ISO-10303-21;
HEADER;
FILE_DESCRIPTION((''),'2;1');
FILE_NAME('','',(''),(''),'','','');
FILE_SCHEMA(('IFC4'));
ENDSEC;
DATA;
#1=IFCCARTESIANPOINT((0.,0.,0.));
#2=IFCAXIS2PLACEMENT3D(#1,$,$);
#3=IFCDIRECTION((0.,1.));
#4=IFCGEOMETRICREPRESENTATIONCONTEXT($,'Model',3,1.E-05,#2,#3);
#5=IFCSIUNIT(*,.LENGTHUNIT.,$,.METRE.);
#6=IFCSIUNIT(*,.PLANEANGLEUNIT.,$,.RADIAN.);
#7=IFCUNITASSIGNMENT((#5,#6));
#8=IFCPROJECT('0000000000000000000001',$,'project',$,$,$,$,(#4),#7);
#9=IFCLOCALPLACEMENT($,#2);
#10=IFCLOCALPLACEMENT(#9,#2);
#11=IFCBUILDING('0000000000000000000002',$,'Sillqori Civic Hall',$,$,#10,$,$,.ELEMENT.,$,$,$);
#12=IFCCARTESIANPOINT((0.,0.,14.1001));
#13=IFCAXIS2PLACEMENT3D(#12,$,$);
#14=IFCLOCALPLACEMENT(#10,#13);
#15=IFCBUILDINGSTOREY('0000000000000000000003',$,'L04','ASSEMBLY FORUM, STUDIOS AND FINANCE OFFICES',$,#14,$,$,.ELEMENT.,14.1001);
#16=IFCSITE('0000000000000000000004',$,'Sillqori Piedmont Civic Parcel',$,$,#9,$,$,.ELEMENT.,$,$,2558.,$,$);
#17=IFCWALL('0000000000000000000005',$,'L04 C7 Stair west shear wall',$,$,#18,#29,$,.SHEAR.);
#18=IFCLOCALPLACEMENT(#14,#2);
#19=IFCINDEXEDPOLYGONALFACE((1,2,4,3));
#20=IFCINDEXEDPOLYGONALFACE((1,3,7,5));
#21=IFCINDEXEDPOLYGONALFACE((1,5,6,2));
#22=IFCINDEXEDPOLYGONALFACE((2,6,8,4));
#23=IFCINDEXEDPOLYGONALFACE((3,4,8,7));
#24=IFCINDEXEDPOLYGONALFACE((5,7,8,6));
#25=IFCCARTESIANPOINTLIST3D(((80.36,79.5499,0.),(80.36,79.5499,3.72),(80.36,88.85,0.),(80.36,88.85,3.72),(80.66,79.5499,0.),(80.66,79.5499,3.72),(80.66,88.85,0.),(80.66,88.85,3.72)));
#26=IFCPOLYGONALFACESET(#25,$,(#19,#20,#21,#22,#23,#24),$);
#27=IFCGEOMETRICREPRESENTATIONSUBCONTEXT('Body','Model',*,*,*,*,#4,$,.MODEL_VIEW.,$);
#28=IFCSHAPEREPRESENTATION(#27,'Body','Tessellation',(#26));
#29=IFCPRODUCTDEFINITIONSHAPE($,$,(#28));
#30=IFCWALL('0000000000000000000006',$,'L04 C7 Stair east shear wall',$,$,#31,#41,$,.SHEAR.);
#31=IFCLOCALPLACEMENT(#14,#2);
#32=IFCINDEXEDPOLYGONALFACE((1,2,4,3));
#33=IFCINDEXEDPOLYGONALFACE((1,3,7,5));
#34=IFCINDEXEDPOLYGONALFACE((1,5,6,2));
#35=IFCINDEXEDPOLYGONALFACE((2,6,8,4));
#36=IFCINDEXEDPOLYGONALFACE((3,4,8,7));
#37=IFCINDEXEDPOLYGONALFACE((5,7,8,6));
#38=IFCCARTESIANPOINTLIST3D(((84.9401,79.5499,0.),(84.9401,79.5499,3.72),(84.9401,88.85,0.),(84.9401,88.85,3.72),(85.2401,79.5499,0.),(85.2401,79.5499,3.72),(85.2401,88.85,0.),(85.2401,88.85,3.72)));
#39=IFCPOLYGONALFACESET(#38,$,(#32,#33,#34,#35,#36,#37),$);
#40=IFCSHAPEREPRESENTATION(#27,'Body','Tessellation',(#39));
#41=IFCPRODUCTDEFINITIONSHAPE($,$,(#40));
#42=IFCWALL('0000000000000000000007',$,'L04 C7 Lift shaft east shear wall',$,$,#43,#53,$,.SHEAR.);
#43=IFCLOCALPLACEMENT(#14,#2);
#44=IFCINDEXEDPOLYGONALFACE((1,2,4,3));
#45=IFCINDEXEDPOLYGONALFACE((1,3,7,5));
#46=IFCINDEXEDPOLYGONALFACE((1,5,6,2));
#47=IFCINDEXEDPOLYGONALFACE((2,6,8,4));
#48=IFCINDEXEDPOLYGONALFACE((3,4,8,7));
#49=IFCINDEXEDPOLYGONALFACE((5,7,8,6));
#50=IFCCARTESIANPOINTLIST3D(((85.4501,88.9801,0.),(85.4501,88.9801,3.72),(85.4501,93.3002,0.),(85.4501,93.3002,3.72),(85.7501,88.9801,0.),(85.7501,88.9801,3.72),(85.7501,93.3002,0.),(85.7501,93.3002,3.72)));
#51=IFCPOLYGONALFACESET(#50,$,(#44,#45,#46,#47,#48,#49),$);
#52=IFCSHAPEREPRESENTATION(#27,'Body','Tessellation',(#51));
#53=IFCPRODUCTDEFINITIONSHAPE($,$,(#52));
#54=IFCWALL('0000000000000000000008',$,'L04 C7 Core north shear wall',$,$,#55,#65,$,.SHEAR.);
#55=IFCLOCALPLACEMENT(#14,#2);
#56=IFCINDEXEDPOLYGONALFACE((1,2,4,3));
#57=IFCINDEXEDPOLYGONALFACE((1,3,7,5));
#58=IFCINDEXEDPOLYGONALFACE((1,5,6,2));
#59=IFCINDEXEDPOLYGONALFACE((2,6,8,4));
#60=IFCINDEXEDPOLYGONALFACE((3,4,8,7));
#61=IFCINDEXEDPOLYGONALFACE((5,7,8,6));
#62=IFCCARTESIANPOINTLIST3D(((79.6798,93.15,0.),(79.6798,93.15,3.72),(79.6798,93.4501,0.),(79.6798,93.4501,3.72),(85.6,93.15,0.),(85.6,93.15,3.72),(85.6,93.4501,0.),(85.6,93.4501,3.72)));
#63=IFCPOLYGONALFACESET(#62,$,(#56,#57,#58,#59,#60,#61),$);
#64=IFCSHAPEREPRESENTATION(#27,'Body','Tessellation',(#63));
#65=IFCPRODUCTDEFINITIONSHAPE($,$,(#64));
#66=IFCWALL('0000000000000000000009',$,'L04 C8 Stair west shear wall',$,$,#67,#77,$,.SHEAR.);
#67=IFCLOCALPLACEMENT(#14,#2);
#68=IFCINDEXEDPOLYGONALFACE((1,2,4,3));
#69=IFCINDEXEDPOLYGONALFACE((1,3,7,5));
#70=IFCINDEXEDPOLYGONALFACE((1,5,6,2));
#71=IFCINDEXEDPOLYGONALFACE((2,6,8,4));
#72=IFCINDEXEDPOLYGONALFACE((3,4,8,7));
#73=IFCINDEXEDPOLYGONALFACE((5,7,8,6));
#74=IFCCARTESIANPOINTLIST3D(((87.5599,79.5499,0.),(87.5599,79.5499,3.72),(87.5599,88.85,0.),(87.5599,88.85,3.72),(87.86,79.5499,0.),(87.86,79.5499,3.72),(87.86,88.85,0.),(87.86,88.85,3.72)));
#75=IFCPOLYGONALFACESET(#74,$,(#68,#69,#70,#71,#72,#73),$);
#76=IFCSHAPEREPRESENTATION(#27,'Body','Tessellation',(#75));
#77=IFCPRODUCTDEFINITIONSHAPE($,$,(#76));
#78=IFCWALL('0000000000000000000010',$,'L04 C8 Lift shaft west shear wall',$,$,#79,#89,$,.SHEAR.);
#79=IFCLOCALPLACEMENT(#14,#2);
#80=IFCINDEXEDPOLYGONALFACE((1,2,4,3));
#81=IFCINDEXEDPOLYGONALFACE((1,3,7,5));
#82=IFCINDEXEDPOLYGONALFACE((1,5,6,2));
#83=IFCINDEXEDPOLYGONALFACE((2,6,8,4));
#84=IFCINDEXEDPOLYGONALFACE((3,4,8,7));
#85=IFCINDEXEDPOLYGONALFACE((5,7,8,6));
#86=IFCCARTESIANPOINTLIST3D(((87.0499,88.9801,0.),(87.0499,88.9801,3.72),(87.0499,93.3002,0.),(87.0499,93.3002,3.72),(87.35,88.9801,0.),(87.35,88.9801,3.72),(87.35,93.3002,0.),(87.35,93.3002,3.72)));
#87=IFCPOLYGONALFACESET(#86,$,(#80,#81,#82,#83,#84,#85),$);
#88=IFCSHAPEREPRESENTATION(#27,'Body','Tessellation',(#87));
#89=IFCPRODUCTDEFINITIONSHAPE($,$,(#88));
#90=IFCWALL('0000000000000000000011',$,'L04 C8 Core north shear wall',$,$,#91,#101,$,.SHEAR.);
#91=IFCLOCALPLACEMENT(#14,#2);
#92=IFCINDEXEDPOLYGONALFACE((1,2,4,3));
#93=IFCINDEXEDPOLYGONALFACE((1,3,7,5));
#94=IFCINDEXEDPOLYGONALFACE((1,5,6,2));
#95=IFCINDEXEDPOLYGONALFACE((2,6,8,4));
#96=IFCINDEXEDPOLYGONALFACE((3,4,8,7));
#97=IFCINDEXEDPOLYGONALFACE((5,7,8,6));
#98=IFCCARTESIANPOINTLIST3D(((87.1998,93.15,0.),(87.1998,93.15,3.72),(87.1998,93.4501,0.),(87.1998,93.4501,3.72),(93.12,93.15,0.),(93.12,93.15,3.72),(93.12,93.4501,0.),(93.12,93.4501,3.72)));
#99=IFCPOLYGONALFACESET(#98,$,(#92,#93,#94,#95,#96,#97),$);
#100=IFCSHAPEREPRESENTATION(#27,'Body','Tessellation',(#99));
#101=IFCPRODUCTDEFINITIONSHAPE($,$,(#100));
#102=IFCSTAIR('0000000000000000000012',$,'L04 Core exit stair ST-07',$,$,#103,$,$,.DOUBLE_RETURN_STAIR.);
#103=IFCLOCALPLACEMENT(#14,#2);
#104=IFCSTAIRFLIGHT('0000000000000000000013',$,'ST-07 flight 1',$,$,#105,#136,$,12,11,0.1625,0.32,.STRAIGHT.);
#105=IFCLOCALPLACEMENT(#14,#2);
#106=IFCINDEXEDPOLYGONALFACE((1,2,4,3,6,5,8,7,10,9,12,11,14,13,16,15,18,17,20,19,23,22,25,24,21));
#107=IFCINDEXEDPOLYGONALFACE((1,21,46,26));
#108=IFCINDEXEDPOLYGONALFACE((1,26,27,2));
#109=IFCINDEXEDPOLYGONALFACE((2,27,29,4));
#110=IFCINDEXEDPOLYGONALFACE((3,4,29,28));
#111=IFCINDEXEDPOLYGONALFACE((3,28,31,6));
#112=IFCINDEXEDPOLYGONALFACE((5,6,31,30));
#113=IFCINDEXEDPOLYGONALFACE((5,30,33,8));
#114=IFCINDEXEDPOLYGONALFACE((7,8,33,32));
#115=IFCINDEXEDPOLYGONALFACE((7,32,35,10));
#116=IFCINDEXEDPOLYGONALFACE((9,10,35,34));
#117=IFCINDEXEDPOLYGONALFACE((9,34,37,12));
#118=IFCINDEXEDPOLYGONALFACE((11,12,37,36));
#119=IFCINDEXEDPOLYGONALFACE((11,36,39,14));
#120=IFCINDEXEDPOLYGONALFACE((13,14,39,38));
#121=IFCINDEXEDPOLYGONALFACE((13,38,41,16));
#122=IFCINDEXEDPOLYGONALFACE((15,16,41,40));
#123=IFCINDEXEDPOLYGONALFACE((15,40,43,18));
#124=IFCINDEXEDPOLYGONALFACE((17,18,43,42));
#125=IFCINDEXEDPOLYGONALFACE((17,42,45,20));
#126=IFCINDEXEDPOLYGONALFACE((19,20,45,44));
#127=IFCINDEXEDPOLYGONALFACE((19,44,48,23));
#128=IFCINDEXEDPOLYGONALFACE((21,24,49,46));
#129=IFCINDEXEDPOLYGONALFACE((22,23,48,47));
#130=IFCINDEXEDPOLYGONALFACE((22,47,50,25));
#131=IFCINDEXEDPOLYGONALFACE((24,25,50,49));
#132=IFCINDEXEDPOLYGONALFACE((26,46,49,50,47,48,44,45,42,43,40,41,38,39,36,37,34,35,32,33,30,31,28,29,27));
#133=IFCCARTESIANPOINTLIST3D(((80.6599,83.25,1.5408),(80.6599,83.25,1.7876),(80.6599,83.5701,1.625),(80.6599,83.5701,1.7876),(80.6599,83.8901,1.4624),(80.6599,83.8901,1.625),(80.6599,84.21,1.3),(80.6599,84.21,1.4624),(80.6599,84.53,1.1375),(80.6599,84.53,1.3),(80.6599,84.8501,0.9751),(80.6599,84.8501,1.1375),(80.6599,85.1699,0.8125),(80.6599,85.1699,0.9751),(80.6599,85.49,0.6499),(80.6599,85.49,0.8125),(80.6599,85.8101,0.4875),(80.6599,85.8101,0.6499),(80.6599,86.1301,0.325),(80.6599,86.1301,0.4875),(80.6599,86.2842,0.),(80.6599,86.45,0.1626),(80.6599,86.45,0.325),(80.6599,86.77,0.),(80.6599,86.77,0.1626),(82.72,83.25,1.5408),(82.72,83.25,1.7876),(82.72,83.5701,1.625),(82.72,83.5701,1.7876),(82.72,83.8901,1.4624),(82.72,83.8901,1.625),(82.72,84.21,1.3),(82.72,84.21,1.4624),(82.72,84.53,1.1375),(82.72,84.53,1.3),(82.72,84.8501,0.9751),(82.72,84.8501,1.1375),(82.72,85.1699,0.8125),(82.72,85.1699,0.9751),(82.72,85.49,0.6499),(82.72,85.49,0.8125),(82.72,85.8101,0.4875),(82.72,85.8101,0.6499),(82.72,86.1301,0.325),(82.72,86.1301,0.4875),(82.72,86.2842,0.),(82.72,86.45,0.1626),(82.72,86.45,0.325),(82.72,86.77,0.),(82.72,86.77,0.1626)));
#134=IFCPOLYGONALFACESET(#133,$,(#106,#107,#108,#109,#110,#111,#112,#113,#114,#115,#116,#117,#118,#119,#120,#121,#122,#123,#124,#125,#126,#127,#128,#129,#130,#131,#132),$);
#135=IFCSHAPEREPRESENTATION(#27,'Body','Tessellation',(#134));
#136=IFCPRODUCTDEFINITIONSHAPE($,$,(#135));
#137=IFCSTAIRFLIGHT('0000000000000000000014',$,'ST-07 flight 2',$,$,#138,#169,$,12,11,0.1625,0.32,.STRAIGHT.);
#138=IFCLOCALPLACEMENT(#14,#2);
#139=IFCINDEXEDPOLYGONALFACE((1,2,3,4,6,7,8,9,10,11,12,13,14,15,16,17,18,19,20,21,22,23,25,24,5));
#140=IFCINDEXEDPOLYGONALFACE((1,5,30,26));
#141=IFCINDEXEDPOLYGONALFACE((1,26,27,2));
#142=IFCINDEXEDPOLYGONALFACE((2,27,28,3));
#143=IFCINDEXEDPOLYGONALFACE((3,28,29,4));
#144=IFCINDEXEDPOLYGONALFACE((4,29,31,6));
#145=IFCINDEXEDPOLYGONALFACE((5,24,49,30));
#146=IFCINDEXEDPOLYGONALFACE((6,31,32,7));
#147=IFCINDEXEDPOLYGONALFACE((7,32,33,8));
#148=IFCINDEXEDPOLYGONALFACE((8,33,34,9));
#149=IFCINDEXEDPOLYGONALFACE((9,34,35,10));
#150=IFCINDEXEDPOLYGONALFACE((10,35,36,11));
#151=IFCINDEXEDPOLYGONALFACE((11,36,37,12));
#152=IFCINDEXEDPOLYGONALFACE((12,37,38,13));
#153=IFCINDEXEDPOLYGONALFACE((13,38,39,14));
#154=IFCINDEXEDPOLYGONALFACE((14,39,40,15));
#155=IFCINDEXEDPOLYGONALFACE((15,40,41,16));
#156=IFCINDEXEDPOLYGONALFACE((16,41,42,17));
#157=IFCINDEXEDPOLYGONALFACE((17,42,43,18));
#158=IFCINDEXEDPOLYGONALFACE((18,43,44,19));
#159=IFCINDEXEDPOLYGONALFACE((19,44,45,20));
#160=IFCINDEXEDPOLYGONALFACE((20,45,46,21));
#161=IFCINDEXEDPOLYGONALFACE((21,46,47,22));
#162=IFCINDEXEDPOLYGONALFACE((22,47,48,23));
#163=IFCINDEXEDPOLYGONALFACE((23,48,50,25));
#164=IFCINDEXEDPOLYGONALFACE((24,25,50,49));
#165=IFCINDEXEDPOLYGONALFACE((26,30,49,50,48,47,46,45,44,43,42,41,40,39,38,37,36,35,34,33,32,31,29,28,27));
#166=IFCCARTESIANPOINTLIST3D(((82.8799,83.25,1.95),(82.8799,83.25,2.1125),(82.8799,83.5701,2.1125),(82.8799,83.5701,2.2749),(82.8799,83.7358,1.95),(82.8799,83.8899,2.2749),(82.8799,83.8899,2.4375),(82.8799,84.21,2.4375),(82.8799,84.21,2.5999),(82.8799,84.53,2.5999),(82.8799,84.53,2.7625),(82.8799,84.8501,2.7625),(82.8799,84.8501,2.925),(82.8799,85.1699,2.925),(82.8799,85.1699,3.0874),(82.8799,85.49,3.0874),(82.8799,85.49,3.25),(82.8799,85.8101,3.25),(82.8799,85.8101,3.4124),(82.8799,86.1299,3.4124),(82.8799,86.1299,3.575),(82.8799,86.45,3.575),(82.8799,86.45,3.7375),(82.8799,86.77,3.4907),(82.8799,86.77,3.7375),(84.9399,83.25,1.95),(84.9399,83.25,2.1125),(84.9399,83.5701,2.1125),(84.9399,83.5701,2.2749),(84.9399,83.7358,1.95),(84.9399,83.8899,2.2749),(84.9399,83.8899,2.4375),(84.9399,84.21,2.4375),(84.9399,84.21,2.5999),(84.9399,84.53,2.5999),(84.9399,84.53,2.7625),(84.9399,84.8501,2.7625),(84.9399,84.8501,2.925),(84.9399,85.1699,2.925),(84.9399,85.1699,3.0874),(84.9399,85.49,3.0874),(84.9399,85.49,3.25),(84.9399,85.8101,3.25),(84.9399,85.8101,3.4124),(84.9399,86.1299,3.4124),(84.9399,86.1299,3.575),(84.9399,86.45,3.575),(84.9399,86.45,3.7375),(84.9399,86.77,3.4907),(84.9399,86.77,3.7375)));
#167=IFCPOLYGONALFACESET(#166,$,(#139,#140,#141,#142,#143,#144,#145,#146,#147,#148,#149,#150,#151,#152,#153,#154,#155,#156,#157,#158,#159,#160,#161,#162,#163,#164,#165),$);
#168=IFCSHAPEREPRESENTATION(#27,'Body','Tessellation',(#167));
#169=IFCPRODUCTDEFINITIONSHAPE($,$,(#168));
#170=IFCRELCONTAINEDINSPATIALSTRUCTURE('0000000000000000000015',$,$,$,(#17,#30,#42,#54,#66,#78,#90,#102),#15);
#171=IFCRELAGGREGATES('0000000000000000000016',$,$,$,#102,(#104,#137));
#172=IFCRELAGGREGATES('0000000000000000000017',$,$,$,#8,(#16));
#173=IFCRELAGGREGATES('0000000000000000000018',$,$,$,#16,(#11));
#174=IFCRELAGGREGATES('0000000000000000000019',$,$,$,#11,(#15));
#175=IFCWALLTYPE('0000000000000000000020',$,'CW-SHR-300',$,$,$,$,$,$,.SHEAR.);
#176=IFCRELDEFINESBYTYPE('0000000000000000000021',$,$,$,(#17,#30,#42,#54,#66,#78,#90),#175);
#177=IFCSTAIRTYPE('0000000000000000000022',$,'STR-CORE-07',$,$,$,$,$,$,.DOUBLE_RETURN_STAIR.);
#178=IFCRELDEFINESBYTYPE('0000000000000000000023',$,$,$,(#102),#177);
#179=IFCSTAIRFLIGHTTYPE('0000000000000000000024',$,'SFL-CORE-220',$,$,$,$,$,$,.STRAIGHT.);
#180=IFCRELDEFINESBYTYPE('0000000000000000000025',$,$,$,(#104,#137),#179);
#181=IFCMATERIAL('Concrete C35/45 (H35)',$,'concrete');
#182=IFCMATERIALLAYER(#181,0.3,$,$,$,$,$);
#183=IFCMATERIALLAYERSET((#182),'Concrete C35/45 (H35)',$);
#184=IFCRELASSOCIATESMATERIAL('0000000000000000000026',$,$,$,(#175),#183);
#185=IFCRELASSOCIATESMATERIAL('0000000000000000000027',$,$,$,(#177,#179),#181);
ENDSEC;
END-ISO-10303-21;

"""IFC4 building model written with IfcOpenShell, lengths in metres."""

from ifc_helpers import new_model, si_unit, direction, frame, frame_2d, origin, place, context, subcontext, project, spatial, polyline, rectangle, outline, extrude, material, layer, layer_set, type_object, element, aggregate, save


model = new_model("IFC4")

# Units and contexts
model_context = context("Model", 3, precision=1e-05, world=origin(), true_north=direction((0.0, 1.0)))
body_context = subcontext(model_context, "Body", "Model", "MODEL_VIEW")
ifc_project = project(units=[si_unit("LENGTHUNIT", "METRE"), si_unit("PLANEANGLEUNIT", "RADIAN")], contexts=[model_context])

# Site, building, storey
site_placement = place(None, origin())
site = spatial("IfcSite", under=ifc_project, at=site_placement, Name="Sillqori Piedmont Civic Parcel", CompositionType="ELEMENT", RefElevation=2558.0)
building_placement = place(site_placement, origin())
building = spatial("IfcBuilding", under=site, at=building_placement, Name="Sillqori Civic Hall", CompositionType="ELEMENT")
storey_placement = place(building_placement, frame((0.0, 0.0, 14.1001)))
storey = spatial("IfcBuildingStorey", under=building, at=storey_placement, Name="L04", Description="ASSEMBLY FORUM, STUDIOS AND FINANCE OFFICES", CompositionType="ELEMENT", Elevation=14.1001)

# Shared definitions
ifc_material_1 = material(Name="Concrete C35/45 (H35)", Category="concrete")

# Walls
ifc_layer_1 = layer(ifc_material_1, 0.3)
ifc_layer_set_1 = layer_set([ifc_layer_1], Name="Concrete C35/45 (H35)")
wall_type_1 = type_object("IfcWallType", Name="CW-SHR-300", PredefinedType="SHEAR", material=ifc_layer_set_1)
for number, where, z_axis, x_axis, name in (
    (1, (80.51, 79.55, 0.0), (0.0, 0.0, 1.0), (0.0, 1.0, 0.0), "L04 C7 Stair west shear wall"),
    (2, (85.0901, 79.55, 0.0), (0.0, 0.0, 1.0), (0.0, 1.0, 0.0), "L04 C7 Stair east shear wall"),
):
    element("IfcWall", number, at=place(storey_placement, frame(where, z_axis=z_axis, x_axis=x_axis)), inside=storey, type_object=wall_type_1, Name=name, PredefinedType="SHEAR", context=body_context, shape_type="SweptSolid", body=[
        extrude(rectangle(XDim=9.3, YDim=0.3, at=frame_2d((4.6499, 0.0))), origin(), (0.0, 0.0, 1.0), 3.72),
    ])
wall_1_placement = place(storey_placement, frame((85.6001, 88.98, 0.0), z_axis=(0.0, 0.0, 1.0), x_axis=(0.0, 1.0, 0.0)))
element("IfcWall", 3, at=wall_1_placement, inside=storey, type_object=wall_type_1, Name="L04 C7 Lift shaft east shear wall", PredefinedType="SHEAR", context=body_context, shape_type="SweptSolid", body=[
    extrude(rectangle(XDim=4.3201, YDim=0.3, at=frame_2d((2.1602, 0.0))), origin(), (0.0, 0.0, 1.0), 3.72),
])
wall_2_placement = place(storey_placement, frame((79.6799, 93.3, 0.0), z_axis=(0.0, 0.0, 1.0), x_axis=(1.0, 0.0, 0.0)))
element("IfcWall", 4, at=wall_2_placement, inside=storey, type_object=wall_type_1, Name="L04 C7 Core north shear wall", PredefinedType="SHEAR", context=body_context, shape_type="SweptSolid", body=[
    extrude(rectangle(XDim=5.9202, YDim=0.3, at=frame_2d((2.96, 0.0))), origin(), (0.0, 0.0, 1.0), 3.72),
])
wall_3_placement = place(storey_placement, frame((87.71, 79.55, 0.0), z_axis=(0.0, 0.0, 1.0), x_axis=(0.0, 1.0, 0.0)))
element("IfcWall", 5, at=wall_3_placement, inside=storey, type_object=wall_type_1, Name="L04 C8 Stair west shear wall", PredefinedType="SHEAR", context=body_context, shape_type="SweptSolid", body=[
    extrude(rectangle(XDim=9.3, YDim=0.3, at=frame_2d((4.6499, 0.0))), origin(), (0.0, 0.0, 1.0), 3.72),
])
wall_4_placement = place(storey_placement, frame((87.2, 88.98, 0.0), z_axis=(0.0, 0.0, 1.0), x_axis=(0.0, 1.0, 0.0)))
element("IfcWall", 6, at=wall_4_placement, inside=storey, type_object=wall_type_1, Name="L04 C8 Lift shaft west shear wall", PredefinedType="SHEAR", context=body_context, shape_type="SweptSolid", body=[
    extrude(rectangle(XDim=4.3201, YDim=0.3, at=frame_2d((2.1602, 0.0))), origin(), (0.0, 0.0, 1.0), 3.72),
])
wall_5_placement = place(storey_placement, frame((87.2, 93.3, 0.0), z_axis=(0.0, 0.0, 1.0), x_axis=(1.0, 0.0, 0.0)))
element("IfcWall", 7, at=wall_5_placement, inside=storey, type_object=wall_type_1, Name="L04 C8 Core north shear wall", PredefinedType="SHEAR", context=body_context, shape_type="SweptSolid", body=[
    extrude(rectangle(XDim=5.9202, YDim=0.3, at=frame_2d((2.96, 0.0))), origin(), (0.0, 0.0, 1.0), 3.72),
])

# Stair, stair flights
stair_type = type_object("IfcStairType", Name="STR-CORE-07", PredefinedType="DOUBLE_RETURN_STAIR", material=ifc_material_1)
stair_placement = place(storey_placement, origin())
stair = element("IfcStair", 8, at=stair_placement, inside=storey, type_object=stair_type, Name="L04 Core exit stair ST-07", PredefinedType="DOUBLE_RETURN_STAIR")
stair_flight_type = type_object("IfcStairFlightType", Name="SFL-CORE-220", PredefinedType="STRAIGHT", material=ifc_material_1)
stair_flight_1_placement = place(storey_placement, frame((81.6899, 86.77, 0.0), z_axis=(0.0, 0.0, 1.0), x_axis=(0.0, -1.0, 0.0)))
stair_flight_1 = element("IfcStairFlight", 9, at=stair_flight_1_placement, type_object=stair_flight_type, Name="ST-07 flight 1", NumberOfRisers=12, NumberOfTreads=11, PredefinedType="STRAIGHT", RiserHeight=0.1625, TreadLength=0.32, context=body_context, shape_type="SweptSolid", body=[
    extrude(outline(polyline([(0.0, 0.0), (0.0, 0.1626), (0.3201, 0.1626), (0.3201, 0.325), (0.6399, 0.325), (0.6399, 0.4875), (0.96, 0.4875), (0.96, 0.6499), (1.28, 0.6499), (1.28, 0.8125), (1.6001, 0.8125), (1.6001, 0.9751), (1.9199, 0.9751), (1.9199, 1.1375), (2.24, 1.1375), (2.24, 1.3), (2.5601, 1.3), (2.5601, 1.4624), (2.8799, 1.4624), (2.8799, 1.625), (3.2, 1.625), (3.2, 1.7876), (3.52, 1.7876), (3.52, 1.95), (3.52, 1.5408), (0.4858, 0.0), (0.0, 0.0)])), frame((0.0, 1.03, 0.0), z_axis=(0.0, -1.0, 0.0), x_axis=(1.0, 0.0, 0.0)), (0.0, 0.0, 1.0), 2.0601),
])
stair_flight_2_placement = place(storey_placement, frame((83.9099, 83.25, 1.95), z_axis=(0.0, 0.0, 1.0), x_axis=(0.0, 1.0, 0.0)))
stair_flight_2 = element("IfcStairFlight", 10, at=stair_flight_2_placement, type_object=stair_flight_type, Name="ST-07 flight 2", NumberOfRisers=12, NumberOfTreads=11, PredefinedType="STRAIGHT", RiserHeight=0.1625, TreadLength=0.32, context=body_context, shape_type="SweptSolid", body=[
    extrude(outline(polyline([(0.0, 0.0), (0.0, 0.1626), (0.3201, 0.1626), (0.3201, 0.325), (0.6399, 0.325), (0.6399, 0.4875), (0.96, 0.4875), (0.96, 0.6499), (1.28, 0.6499), (1.28, 0.8125), (1.6001, 0.8125), (1.6001, 0.9751), (1.9199, 0.9751), (1.9199, 1.1375), (2.24, 1.1375), (2.24, 1.3), (2.5601, 1.3), (2.5601, 1.4624), (2.8799, 1.4624), (2.8799, 1.625), (3.2, 1.625), (3.2, 1.7876), (3.52, 1.7876), (3.52, 1.95), (3.52, 1.5408), (0.4858, 0.0), (0.0, 0.0)])), frame((0.0, 1.03, 0.0), z_axis=(0.0, -1.0, 0.0), x_axis=(1.0, 0.0, 0.0)), (0.0, 0.0, 1.0), 2.0601),
])
aggregate(stair, [stair_flight_1, stair_flight_2])

save(model, "model.ifc")
